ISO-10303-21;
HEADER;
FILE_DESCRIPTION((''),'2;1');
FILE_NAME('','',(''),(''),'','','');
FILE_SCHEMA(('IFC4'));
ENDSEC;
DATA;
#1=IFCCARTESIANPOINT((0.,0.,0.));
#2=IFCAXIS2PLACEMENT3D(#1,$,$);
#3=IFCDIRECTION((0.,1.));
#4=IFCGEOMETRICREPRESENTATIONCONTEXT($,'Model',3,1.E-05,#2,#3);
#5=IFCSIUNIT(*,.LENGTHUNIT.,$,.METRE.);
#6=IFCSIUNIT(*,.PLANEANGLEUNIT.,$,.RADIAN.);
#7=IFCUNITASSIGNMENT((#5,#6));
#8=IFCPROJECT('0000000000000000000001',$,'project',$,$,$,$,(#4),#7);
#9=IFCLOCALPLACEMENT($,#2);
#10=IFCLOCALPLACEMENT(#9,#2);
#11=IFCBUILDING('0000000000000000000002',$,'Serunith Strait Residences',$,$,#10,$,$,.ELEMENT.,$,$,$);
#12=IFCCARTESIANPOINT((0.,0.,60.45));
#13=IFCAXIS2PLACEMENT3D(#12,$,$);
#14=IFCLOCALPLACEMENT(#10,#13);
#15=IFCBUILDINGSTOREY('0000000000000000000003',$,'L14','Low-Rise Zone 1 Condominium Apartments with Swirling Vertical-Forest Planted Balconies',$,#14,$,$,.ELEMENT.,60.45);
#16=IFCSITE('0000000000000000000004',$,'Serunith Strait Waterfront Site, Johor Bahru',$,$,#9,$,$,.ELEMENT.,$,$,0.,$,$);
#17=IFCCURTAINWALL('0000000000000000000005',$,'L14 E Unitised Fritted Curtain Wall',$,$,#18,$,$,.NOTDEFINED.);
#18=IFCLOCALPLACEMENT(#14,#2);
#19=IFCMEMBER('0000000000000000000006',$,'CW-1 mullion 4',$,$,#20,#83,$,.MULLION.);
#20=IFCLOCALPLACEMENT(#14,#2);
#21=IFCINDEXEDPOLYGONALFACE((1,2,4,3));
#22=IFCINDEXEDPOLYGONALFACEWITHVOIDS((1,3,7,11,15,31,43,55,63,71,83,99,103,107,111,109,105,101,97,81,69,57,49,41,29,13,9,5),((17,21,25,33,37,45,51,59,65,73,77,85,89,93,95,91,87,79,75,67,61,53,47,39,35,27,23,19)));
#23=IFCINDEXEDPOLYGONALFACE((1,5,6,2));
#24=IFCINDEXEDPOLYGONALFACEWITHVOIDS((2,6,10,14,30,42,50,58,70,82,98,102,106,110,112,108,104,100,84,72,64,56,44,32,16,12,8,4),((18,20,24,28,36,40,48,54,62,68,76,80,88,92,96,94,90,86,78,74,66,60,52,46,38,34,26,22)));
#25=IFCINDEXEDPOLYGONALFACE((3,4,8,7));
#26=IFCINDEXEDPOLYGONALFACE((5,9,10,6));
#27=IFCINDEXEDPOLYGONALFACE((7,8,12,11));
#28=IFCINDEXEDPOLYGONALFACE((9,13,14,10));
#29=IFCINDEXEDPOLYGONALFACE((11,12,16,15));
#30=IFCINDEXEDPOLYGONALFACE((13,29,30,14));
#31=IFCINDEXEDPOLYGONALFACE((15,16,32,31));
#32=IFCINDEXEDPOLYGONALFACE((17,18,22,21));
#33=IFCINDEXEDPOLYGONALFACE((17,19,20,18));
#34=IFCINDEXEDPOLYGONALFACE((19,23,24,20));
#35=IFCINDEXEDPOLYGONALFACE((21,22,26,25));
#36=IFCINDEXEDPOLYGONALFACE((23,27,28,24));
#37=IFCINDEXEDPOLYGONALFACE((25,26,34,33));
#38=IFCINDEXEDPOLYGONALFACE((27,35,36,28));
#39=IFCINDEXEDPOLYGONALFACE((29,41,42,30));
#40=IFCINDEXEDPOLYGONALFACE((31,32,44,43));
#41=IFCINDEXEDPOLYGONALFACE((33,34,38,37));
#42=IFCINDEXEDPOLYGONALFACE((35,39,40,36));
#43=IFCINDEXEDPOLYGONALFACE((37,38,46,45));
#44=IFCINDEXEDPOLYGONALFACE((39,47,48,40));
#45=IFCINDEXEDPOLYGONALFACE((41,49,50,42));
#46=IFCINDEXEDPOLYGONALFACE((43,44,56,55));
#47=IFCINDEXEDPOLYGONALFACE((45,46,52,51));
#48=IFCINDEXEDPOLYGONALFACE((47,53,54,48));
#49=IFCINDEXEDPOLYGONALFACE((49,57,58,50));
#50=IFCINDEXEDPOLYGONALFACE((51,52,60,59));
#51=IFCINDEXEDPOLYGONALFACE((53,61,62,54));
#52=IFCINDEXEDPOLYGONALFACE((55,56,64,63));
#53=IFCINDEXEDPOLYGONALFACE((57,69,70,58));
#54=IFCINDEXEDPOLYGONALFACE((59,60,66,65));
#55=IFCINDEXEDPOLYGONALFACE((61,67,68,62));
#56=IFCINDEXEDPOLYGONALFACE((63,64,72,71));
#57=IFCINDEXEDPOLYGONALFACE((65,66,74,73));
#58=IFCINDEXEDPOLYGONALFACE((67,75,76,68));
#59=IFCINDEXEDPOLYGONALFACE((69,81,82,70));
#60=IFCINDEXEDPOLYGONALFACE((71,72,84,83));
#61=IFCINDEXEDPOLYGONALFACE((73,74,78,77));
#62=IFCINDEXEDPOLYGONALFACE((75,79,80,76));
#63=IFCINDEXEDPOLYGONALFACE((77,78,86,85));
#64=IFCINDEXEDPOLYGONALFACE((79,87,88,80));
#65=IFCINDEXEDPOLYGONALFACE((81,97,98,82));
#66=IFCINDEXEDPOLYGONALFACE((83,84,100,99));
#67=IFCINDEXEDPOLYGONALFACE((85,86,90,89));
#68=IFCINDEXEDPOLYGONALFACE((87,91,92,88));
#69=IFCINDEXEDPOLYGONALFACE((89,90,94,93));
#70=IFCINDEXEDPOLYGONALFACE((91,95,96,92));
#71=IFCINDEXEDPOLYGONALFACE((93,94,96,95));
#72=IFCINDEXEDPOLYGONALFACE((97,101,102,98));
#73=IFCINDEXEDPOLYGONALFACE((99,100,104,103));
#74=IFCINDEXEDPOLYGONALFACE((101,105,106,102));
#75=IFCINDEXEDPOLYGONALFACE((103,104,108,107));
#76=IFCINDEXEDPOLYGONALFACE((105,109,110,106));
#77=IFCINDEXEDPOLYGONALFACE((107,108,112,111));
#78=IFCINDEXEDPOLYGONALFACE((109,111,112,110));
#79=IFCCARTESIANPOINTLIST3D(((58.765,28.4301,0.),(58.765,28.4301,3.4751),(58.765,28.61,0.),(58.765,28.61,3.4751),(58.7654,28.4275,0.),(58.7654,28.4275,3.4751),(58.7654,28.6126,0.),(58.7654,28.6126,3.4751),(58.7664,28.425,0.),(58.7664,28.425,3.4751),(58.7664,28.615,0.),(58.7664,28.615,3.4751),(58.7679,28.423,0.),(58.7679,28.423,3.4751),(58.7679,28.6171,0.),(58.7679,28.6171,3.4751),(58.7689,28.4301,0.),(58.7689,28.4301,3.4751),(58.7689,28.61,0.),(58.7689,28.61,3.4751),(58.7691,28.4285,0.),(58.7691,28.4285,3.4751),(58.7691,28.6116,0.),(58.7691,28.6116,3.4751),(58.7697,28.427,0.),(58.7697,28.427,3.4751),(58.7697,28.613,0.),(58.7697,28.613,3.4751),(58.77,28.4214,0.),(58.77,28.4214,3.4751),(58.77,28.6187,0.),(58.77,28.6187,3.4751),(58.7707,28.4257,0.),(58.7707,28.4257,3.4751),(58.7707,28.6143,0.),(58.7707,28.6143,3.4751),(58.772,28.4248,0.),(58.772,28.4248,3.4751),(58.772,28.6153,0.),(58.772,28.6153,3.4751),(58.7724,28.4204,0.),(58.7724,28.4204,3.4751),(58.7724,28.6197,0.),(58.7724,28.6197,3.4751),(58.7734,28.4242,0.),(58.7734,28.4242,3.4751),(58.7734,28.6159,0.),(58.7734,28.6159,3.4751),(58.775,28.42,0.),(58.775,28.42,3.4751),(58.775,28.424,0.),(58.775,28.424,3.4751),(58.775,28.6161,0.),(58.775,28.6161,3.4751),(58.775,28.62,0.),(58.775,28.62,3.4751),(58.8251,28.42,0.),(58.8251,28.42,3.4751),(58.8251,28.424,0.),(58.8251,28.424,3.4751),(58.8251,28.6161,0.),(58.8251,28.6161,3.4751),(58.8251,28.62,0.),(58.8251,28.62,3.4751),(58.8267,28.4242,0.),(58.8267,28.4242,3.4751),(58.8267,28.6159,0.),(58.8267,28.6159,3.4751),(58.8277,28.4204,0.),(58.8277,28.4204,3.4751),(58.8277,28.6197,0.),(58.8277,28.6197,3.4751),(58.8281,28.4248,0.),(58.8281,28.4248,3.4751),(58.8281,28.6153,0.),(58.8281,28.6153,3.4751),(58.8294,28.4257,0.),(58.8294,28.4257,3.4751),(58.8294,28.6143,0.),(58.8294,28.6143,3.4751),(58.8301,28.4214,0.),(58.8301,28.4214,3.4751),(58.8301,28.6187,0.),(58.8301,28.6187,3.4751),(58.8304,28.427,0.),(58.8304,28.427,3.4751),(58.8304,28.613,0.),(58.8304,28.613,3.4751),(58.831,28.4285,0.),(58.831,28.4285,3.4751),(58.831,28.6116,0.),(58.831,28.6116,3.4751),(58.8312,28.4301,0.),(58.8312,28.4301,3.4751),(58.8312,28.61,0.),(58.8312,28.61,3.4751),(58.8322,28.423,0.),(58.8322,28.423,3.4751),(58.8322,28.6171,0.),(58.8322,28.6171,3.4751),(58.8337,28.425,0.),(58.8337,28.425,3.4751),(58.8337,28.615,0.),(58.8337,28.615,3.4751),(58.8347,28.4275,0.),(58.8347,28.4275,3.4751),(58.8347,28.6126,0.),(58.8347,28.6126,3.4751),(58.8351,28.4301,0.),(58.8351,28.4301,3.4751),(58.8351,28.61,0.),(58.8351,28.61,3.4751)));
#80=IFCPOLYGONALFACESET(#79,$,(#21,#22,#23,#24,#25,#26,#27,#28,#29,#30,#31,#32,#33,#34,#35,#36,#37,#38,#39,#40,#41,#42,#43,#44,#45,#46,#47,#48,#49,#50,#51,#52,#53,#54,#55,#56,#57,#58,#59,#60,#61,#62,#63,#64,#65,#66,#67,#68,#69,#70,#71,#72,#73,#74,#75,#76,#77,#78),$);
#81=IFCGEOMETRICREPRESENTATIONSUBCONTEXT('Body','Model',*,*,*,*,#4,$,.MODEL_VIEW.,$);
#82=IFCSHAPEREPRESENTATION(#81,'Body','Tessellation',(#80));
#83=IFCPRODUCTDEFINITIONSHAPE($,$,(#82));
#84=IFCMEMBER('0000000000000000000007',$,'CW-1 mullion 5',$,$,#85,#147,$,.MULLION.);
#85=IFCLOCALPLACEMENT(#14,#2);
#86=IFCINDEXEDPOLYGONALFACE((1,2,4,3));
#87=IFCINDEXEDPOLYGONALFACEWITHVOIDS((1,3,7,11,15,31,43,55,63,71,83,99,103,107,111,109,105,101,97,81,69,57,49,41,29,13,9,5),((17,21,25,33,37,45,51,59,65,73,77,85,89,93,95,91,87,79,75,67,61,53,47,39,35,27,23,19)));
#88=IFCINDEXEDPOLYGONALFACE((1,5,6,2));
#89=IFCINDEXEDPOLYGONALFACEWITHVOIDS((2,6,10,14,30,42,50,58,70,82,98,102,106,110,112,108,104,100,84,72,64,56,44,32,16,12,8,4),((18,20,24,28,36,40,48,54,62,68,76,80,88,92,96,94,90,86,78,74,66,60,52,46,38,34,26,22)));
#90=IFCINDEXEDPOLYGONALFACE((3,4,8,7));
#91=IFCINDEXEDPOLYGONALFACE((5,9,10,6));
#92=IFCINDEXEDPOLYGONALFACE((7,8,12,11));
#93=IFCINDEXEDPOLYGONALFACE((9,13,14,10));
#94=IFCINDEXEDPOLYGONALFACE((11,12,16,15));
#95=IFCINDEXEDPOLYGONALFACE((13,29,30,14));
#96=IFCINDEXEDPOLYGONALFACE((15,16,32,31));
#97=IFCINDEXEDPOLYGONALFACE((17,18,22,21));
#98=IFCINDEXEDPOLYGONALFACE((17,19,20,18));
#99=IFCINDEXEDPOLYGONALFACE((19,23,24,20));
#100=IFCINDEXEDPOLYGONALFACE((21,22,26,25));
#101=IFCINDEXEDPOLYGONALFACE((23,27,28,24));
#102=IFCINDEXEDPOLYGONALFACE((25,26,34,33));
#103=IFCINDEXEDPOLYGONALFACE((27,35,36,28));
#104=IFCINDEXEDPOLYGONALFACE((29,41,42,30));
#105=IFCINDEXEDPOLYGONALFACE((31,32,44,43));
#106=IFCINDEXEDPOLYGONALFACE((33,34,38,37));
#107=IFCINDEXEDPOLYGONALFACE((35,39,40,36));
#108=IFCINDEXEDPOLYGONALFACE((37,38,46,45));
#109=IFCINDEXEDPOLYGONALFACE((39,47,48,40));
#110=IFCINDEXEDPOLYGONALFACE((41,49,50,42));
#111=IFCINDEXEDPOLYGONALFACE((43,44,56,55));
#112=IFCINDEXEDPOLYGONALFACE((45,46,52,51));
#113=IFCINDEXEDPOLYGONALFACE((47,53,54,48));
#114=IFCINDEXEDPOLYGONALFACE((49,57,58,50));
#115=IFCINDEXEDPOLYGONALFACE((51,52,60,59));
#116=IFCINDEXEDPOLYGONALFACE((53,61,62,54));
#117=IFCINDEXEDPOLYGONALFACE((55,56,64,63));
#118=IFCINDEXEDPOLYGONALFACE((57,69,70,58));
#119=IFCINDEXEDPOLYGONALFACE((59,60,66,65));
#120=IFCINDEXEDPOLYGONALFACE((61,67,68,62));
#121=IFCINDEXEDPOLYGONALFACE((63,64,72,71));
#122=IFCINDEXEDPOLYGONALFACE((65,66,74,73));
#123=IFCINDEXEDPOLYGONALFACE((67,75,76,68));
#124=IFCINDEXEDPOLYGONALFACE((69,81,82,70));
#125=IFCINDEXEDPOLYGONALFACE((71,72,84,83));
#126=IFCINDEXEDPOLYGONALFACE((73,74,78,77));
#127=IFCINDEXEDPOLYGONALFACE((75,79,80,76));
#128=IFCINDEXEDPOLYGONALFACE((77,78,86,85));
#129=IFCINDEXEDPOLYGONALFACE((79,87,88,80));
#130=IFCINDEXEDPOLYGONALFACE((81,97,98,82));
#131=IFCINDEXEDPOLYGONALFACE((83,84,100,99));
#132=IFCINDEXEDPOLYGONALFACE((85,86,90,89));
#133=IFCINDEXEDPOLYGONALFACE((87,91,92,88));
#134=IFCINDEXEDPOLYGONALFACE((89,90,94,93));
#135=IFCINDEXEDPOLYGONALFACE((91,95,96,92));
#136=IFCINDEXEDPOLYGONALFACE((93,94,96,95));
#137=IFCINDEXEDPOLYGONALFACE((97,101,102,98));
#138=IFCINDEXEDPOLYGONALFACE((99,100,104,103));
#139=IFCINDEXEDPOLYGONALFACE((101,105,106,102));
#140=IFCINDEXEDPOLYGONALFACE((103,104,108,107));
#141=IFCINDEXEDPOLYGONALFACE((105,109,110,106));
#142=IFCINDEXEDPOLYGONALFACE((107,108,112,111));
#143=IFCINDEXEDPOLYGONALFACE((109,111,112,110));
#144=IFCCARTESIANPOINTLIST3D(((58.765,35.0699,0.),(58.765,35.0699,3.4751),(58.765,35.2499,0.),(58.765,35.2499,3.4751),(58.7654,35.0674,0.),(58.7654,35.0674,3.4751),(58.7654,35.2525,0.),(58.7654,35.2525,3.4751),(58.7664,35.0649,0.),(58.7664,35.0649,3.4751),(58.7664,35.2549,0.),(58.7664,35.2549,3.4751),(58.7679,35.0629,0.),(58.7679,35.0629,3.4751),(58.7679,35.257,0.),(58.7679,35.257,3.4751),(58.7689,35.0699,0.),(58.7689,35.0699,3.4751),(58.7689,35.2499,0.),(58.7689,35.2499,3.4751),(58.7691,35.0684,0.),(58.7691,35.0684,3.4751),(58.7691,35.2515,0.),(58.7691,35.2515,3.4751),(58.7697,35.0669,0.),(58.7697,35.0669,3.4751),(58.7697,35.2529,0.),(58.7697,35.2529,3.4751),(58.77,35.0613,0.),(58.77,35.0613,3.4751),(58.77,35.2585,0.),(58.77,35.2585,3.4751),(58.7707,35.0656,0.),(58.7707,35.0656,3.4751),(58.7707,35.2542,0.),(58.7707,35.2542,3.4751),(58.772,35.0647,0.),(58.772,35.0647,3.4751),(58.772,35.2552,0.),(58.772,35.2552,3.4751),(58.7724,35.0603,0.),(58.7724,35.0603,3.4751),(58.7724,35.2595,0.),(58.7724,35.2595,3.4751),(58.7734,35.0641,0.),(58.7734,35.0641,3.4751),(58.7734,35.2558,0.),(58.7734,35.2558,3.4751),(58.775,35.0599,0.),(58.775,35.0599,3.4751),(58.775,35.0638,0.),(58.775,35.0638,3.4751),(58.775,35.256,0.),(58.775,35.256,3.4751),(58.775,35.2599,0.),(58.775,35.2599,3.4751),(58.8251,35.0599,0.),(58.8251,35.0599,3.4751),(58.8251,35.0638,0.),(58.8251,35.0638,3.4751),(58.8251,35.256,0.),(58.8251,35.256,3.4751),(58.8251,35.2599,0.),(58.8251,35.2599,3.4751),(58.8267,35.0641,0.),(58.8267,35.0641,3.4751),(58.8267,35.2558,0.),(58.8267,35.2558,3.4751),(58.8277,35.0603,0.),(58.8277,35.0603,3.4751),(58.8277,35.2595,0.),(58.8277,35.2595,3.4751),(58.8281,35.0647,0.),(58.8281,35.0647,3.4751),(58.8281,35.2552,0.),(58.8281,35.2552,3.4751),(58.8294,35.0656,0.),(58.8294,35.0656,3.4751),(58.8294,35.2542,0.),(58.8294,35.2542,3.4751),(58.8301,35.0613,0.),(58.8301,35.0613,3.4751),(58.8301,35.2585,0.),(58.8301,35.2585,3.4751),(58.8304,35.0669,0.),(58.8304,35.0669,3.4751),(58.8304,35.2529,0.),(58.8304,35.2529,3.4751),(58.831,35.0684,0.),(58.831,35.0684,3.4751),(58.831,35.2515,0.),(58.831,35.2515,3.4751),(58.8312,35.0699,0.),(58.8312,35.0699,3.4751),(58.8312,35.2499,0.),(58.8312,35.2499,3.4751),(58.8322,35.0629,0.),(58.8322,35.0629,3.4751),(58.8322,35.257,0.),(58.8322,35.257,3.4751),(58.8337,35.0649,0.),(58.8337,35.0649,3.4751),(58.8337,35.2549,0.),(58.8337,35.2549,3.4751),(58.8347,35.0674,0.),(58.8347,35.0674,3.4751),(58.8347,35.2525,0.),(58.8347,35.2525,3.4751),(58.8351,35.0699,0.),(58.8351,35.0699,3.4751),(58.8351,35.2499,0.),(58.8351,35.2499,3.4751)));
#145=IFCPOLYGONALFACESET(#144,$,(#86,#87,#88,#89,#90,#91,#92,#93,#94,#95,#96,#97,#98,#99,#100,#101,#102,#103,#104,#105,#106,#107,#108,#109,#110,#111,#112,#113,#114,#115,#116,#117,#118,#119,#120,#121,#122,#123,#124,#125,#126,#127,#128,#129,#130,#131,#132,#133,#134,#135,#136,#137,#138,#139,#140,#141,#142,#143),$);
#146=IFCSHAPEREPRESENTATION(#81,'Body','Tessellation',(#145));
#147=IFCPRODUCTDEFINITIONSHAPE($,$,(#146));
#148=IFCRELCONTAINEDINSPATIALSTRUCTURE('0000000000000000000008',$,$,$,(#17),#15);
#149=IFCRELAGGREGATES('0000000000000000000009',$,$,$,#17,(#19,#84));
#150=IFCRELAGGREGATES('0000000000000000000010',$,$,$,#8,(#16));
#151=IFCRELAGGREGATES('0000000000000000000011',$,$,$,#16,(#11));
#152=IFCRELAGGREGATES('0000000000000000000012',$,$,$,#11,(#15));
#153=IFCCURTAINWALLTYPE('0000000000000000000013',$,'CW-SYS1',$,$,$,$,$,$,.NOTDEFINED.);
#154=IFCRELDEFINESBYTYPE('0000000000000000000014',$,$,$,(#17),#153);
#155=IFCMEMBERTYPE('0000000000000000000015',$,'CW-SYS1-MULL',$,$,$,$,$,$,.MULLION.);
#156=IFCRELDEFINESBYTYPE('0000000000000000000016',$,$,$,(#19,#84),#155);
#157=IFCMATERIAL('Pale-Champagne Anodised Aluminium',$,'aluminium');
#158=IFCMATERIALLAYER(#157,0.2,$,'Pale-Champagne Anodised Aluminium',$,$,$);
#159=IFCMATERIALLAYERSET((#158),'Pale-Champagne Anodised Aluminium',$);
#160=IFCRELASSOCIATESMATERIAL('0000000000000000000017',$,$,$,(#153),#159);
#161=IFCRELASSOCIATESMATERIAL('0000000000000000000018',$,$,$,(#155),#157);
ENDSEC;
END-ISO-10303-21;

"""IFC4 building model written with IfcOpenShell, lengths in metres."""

from ifc_helpers import new_model, si_unit, direction, frame, origin, origin_2d, place, context, subcontext, project, spatial, hollow_rectangle, extrude, source, transform, mapped, material, layer, layer_set, material_profile, profile_set, type_object, element, aggregate, save


model = new_model("IFC4")

# Units and contexts
model_context = context("Model", 3, precision=1e-05, world=origin(), true_north=direction((0.0, 1.0)))
body_context = subcontext(model_context, "Body", "Model", "MODEL_VIEW")
ifc_project = project(units=[si_unit("LENGTHUNIT", "METRE"), si_unit("PLANEANGLEUNIT", "RADIAN")], contexts=[model_context])

# Site, building, storey
site_placement = place(None, origin())
site = spatial("IfcSite", under=ifc_project, at=site_placement, Name="Serunith Strait Waterfront Site, Johor Bahru", CompositionType="ELEMENT", RefElevation=0.0)
building_placement = place(site_placement, origin())
building = spatial("IfcBuilding", under=site, at=building_placement, Name="Serunith Strait Residences", CompositionType="ELEMENT")
storey_placement = place(building_placement, frame((0.0, 0.0, 60.45)))
storey = spatial("IfcBuildingStorey", under=building, at=storey_placement, Name="L14", Description="Low-Rise Zone 1 Condominium Apartments with Swirling Vertical-Forest Planted Balconies", CompositionType="ELEMENT", Elevation=60.45)

# Curtain wall, members
ifc_material_1 = material(Name="Pale-Champagne Anodised Aluminium", Category="aluminium")
ifc_layer_1 = layer(ifc_material_1, 0.2, Name="Pale-Champagne Anodised Aluminium")
ifc_layer_set_1 = layer_set([ifc_layer_1], Name="Pale-Champagne Anodised Aluminium")
curtain_wall_type = type_object("IfcCurtainWallType", Name="CW-SYS1", PredefinedType="NOTDEFINED", material=ifc_layer_set_1)
curtain_wall_placement = place(storey_placement, origin())
curtain_wall = element("IfcCurtainWall", 1, at=curtain_wall_placement, inside=storey, type_object=curtain_wall_type, Name="L14 E Unitised Fritted Curtain Wall", PredefinedType="NOTDEFINED")
ifc_material_profile_1 = material_profile(ifc_material_1, hollow_rectangle(XDim=0.0701, YDim=0.2, WallThickness=0.0039, InnerFilletRadius=0.0061, OuterFilletRadius=0.01, at=origin_2d()), Name="ALU 200x70x4")
ifc_profile_set_1 = profile_set([ifc_material_profile_1], Name="Pale-Champagne Anodised Aluminium")
member_type_1 = type_object("IfcMemberType", Name="CW-SYS1-MULL", PredefinedType="MULLION", material=ifc_profile_set_1)
shared_shape_1 = source(origin(), body_context, "Body", "SweptSolid", [
    extrude(hollow_rectangle(XDim=0.0701, YDim=0.2, WallThickness=0.0039, InnerFilletRadius=0.0061, OuterFilletRadius=0.01, at=origin_2d()), origin(), (0.0, 0.0, 1.0), 3.4751),
])
member_1_placement = place(storey_placement, frame((58.8, 28.52, 0.0), z_axis=(0.0, 0.0, 1.0), x_axis=(-1.0, 0.0, 0.0)))
member_1 = element("IfcMember", 2, at=member_1_placement, type_object=member_type_1, Name="CW-1 mullion 4", PredefinedType="MULLION", context=body_context, shape_type="MappedRepresentation", body=[
    mapped(shared_shape_1, transform((0.0, 0.0, 0.0), scale=1.0)),
])
member_2_placement = place(storey_placement, frame((58.8, 35.1599, 0.0), z_axis=(0.0, 0.0, 1.0), x_axis=(-1.0, 0.0, 0.0)))
member_2 = element("IfcMember", 3, at=member_2_placement, type_object=member_type_1, Name="CW-1 mullion 5", PredefinedType="MULLION", context=body_context, shape_type="MappedRepresentation", body=[
    mapped(shared_shape_1, transform((0.0, 0.0, 0.0), scale=1.0)),
])
aggregate(curtain_wall, [member_1, member_2])

save(model, "model.ifc")
